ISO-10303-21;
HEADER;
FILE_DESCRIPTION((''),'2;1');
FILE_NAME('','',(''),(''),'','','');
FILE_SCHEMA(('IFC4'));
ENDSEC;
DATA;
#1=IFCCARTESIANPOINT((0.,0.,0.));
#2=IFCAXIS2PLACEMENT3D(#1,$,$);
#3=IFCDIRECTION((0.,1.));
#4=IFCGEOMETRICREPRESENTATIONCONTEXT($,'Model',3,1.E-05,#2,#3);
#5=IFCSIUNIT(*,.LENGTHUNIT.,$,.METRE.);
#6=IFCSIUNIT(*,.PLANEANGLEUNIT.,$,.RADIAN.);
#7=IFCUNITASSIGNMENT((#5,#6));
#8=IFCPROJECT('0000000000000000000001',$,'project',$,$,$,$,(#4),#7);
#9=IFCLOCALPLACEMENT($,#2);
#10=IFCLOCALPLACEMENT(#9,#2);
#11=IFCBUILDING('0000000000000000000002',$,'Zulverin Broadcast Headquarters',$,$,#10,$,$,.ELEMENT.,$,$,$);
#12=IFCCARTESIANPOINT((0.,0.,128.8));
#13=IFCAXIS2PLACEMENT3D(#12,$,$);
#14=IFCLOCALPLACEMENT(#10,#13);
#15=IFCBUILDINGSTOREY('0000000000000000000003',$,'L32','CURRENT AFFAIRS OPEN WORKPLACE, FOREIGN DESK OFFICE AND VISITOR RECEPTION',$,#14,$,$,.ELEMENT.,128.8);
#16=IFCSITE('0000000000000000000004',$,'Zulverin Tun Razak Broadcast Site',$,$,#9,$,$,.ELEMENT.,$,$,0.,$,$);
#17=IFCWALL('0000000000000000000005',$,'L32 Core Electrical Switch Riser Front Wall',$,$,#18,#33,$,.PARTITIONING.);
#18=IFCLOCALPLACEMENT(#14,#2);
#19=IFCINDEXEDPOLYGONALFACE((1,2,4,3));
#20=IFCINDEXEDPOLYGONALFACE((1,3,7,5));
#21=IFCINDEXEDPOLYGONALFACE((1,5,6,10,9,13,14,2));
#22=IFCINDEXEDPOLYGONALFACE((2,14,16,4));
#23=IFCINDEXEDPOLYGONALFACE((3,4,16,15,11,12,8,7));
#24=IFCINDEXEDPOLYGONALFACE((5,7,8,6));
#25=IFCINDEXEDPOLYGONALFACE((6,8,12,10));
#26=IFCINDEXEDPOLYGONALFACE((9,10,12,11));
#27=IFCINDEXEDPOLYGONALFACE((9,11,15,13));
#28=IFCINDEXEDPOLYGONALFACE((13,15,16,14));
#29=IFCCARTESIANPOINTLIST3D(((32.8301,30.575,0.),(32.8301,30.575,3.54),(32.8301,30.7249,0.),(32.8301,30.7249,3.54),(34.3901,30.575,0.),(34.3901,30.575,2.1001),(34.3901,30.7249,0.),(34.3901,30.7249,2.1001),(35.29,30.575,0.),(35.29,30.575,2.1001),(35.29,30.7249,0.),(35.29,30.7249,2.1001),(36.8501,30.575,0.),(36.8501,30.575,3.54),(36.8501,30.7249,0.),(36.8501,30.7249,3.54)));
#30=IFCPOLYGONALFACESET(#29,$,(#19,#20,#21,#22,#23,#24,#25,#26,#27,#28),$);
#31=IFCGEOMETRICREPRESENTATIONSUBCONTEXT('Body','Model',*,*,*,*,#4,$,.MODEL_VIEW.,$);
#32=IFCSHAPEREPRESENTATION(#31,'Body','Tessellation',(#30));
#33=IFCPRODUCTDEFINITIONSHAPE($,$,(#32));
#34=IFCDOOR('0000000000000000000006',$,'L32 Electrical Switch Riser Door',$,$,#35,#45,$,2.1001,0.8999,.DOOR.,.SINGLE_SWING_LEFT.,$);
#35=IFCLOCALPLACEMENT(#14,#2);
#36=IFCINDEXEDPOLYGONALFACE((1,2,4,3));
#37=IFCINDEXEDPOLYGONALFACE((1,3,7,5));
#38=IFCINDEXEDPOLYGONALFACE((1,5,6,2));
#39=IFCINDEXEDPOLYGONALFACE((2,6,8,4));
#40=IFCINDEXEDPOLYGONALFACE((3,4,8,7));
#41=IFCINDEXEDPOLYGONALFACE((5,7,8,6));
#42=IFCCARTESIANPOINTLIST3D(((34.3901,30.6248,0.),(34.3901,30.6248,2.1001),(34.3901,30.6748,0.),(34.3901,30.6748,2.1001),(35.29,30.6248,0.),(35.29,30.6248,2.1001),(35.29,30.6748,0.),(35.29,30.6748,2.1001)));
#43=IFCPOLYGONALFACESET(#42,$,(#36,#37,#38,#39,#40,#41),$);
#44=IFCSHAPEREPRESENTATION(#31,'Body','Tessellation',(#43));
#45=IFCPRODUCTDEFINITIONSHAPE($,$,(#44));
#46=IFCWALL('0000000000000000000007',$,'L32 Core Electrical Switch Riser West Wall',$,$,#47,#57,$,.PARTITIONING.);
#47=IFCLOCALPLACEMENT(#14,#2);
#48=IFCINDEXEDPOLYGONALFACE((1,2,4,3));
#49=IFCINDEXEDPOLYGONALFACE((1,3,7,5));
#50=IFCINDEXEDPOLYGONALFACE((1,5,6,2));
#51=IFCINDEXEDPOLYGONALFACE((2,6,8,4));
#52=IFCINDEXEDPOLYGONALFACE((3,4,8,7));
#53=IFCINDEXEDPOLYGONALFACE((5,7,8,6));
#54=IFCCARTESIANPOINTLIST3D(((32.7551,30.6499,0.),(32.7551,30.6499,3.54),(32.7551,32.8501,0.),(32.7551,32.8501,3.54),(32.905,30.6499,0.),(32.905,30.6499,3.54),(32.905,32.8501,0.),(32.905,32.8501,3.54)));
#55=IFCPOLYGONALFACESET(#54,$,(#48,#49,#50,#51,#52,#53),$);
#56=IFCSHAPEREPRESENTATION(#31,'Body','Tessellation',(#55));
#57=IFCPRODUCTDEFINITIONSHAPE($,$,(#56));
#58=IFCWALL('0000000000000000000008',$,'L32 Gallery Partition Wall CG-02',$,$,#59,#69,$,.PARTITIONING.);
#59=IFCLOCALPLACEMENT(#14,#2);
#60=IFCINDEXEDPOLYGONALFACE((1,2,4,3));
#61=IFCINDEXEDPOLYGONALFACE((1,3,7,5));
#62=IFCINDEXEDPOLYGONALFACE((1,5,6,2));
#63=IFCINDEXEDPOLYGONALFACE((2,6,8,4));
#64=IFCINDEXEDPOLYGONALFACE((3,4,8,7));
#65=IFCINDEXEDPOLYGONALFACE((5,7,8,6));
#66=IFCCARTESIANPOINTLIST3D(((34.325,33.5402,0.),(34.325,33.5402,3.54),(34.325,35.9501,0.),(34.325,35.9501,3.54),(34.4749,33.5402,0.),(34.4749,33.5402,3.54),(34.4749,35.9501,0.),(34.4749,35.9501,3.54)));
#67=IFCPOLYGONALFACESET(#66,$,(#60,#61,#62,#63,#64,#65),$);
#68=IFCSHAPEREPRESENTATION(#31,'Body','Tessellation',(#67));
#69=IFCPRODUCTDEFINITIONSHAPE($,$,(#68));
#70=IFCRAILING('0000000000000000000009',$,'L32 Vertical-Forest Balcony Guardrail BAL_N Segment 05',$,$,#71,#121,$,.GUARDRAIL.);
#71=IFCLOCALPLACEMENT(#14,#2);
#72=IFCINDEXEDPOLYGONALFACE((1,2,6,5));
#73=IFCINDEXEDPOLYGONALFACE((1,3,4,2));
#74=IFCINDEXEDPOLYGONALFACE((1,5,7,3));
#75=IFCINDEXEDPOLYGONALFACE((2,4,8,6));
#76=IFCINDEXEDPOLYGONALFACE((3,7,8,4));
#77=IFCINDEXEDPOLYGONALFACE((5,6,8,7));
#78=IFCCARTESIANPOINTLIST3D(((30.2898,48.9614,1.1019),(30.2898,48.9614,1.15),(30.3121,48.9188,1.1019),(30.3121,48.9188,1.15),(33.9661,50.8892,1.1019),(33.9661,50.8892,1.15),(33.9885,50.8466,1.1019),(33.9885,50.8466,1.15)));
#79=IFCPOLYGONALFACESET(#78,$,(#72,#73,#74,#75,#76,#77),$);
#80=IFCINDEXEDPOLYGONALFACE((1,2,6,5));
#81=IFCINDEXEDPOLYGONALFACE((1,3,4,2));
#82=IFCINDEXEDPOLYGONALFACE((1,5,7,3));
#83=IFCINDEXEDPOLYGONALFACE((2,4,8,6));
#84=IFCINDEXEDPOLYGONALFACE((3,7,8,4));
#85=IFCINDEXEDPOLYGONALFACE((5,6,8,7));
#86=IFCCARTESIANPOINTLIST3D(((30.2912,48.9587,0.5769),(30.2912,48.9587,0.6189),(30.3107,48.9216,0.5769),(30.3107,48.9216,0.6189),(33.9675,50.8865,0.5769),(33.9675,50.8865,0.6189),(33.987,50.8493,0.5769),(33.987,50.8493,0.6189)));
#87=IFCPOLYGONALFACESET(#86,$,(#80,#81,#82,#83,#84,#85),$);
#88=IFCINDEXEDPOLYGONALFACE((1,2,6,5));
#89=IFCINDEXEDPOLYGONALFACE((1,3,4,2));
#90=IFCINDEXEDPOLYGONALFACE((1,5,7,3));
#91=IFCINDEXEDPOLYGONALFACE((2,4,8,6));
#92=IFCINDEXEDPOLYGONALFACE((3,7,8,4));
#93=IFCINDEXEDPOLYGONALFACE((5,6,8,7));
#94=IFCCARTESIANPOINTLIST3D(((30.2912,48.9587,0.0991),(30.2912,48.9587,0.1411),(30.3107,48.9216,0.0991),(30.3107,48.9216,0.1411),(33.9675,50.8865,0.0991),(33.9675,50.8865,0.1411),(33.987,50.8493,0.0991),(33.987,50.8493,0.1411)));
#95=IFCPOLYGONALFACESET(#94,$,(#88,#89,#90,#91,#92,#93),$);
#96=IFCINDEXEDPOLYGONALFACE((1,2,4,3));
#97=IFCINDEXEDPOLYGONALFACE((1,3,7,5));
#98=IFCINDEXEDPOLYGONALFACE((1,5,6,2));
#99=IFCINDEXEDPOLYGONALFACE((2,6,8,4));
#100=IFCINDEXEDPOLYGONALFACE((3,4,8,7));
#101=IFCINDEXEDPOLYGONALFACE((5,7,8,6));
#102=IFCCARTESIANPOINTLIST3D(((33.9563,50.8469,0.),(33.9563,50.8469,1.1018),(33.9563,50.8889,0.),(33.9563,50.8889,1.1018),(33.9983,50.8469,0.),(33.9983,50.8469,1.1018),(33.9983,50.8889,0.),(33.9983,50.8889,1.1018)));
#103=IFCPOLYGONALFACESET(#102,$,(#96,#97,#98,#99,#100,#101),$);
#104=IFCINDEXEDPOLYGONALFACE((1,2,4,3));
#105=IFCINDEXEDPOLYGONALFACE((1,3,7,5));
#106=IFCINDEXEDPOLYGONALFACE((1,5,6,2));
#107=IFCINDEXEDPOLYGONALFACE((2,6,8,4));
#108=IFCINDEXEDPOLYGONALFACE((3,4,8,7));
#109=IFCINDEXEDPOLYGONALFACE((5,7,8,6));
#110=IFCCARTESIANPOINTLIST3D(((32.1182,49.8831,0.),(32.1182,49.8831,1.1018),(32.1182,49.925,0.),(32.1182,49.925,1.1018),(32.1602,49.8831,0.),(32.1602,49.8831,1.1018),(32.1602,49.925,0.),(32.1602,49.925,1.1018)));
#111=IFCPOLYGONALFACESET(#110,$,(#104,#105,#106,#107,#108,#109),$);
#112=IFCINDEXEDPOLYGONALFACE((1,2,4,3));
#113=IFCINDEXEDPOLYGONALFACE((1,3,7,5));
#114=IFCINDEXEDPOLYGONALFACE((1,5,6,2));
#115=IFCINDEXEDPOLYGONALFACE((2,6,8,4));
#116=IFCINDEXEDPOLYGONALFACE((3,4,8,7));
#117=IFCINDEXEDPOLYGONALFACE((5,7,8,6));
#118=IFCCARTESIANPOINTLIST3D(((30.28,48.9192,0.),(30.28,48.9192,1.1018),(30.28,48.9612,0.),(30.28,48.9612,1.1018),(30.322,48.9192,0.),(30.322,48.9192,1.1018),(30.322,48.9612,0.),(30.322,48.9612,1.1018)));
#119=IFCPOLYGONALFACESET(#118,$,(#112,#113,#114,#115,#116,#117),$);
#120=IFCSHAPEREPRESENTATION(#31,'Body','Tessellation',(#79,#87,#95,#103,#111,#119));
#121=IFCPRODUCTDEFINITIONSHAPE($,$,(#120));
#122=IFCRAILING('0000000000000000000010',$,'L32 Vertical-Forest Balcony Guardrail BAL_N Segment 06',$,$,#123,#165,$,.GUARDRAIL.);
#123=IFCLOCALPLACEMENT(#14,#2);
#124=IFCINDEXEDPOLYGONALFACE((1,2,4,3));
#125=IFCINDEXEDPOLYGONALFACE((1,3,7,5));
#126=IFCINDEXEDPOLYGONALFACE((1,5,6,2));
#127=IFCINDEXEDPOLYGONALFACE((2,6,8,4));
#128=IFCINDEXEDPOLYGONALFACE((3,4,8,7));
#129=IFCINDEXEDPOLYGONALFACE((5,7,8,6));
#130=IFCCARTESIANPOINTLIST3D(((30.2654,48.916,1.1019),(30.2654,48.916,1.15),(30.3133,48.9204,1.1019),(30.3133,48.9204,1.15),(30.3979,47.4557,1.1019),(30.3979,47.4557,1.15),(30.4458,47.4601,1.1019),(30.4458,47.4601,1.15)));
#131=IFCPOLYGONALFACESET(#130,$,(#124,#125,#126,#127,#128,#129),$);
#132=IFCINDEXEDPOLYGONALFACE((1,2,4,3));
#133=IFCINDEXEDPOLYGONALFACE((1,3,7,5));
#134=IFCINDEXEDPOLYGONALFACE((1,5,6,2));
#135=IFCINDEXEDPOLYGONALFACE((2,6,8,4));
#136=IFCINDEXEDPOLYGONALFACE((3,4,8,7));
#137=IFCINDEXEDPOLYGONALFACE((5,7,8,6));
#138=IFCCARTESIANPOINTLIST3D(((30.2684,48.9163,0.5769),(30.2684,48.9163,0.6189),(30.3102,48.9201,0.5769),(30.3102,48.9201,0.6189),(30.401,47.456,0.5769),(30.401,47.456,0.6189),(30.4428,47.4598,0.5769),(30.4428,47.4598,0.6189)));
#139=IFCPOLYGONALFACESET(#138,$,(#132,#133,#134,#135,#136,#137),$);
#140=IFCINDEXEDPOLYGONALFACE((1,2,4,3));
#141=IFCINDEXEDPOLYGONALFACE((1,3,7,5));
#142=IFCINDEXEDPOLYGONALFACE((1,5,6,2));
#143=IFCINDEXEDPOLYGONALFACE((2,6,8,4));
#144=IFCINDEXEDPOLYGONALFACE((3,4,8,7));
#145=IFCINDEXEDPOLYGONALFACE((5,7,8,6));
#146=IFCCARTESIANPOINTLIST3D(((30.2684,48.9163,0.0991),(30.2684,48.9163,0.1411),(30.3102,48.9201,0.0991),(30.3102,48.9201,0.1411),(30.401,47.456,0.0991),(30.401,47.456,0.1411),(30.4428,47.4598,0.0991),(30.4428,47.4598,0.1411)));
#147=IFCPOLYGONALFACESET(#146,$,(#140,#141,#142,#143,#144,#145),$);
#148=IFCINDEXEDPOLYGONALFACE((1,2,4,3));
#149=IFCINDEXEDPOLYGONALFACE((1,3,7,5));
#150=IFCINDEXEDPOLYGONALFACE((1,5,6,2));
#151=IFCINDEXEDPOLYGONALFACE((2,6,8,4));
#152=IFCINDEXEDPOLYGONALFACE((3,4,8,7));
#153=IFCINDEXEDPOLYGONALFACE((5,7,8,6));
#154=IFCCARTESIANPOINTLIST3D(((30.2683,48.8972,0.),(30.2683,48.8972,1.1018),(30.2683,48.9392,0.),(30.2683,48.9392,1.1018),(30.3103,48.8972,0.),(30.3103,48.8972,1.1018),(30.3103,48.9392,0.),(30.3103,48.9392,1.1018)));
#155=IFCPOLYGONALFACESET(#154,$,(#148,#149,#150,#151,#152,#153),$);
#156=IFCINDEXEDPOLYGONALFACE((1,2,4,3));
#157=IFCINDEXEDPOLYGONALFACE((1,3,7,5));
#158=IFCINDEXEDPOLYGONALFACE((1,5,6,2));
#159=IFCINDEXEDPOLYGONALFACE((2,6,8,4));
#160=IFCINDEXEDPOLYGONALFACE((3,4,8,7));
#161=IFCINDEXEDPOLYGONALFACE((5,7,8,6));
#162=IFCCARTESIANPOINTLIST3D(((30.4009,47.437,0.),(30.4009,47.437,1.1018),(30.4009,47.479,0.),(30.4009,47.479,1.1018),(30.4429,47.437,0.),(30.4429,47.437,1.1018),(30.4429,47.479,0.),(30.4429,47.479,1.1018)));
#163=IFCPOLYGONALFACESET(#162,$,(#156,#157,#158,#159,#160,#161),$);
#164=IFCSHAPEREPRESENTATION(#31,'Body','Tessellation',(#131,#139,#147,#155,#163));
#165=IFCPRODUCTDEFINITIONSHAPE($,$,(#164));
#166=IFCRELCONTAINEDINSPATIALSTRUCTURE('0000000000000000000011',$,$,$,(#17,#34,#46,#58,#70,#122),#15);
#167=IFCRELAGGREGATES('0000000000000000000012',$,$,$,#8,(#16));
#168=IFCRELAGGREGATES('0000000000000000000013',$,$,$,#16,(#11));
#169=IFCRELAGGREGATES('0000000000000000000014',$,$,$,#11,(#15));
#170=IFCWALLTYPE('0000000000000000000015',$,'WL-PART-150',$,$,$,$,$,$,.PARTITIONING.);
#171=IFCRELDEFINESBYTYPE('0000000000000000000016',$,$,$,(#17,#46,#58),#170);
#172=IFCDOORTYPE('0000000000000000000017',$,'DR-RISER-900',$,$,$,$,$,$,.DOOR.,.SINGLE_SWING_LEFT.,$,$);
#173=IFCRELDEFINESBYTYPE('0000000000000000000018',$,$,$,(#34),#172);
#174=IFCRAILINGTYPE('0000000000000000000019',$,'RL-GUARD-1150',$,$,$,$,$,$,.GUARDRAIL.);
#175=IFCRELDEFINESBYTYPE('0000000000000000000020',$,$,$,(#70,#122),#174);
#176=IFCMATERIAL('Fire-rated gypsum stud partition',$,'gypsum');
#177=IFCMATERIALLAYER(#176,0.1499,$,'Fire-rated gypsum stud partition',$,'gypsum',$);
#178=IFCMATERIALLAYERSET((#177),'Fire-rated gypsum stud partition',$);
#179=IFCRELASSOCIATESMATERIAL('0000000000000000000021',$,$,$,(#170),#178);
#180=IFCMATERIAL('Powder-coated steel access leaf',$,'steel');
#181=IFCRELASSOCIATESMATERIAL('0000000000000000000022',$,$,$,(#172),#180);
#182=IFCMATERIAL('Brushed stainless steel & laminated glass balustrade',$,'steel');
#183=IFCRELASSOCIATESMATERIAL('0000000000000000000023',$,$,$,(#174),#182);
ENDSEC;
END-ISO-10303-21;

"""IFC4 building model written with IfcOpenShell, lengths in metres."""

from ifc_helpers import new_model, si_unit, direction, frame, frame_2d, origin, origin_2d, place, context, subcontext, project, spatial, rectangle, extrude, material, layer, layer_set, type_object, element, fill, save


model = new_model("IFC4")

# Units and contexts
model_context = context("Model", 3, precision=1e-05, world=origin(), true_north=direction((0.0, 1.0)))
body_context = subcontext(model_context, "Body", "Model", "MODEL_VIEW")
ifc_project = project(units=[si_unit("LENGTHUNIT", "METRE"), si_unit("PLANEANGLEUNIT", "RADIAN")], contexts=[model_context])

# Site, building, storey
site_placement = place(None, origin())
site = spatial("IfcSite", under=ifc_project, at=site_placement, Name="Zulverin Tun Razak Broadcast Site", CompositionType="ELEMENT", RefElevation=0.0)
building_placement = place(site_placement, origin())
building = spatial("IfcBuilding", under=site, at=building_placement, Name="Zulverin Broadcast Headquarters", CompositionType="ELEMENT")
storey_placement = place(building_placement, frame((0.0, 0.0, 128.8)))
storey = spatial("IfcBuildingStorey", under=building, at=storey_placement, Name="L32", Description="CURRENT AFFAIRS OPEN WORKPLACE, FOREIGN DESK OFFICE AND VISITOR RECEPTION", CompositionType="ELEMENT", Elevation=128.8)

# Shared definitions
ifc_material_1 = material(Name="Fire-rated gypsum stud partition", Category="gypsum")
ifc_layer_1 = layer(ifc_material_1, 0.1499, Name="Fire-rated gypsum stud partition", Category="gypsum")
ifc_layer_set_1 = layer_set([ifc_layer_1], Name="Fire-rated gypsum stud partition")
wall_type_1 = type_object("IfcWallType", Name="WL-PART-150", PredefinedType="PARTITIONING", material=ifc_layer_set_1)

# Wall, opening, door
wall_1_placement = place(storey_placement, frame((32.8301, 30.6499, 0.0), z_axis=(0.0, 0.0, 1.0), x_axis=(1.0, 0.0, 0.0)))
wall_1 = element("IfcWall", 1, at=wall_1_placement, inside=storey, type_object=wall_type_1, Name="L32 Core Electrical Switch Riser Front Wall", PredefinedType="PARTITIONING", context=body_context, shape_type="SweptSolid", body=[
    extrude(rectangle(XDim=4.02, YDim=0.1499, at=frame_2d((2.01, 0.0))), origin(), (0.0, 0.0, 1.0), 3.54),
])
opening_1_placement = place(wall_1_placement, frame((1.5601, 0.0, 0.0)))
opening_1 = element("IfcOpeningElement", 2, at=opening_1_placement, cuts=wall_1, PredefinedType="OPENING", context=body_context, shape_type="SweptSolid", body=[
    extrude(rectangle(XDim=0.8999, YDim=2.1001, at=frame_2d((0.45, 1.05))), frame((0.0, 0.085, 0.0), z_axis=(0.0, -1.0, 0.0), x_axis=(1.0, 0.0, 0.0)), (0.0, 0.0, 1.0), 0.1699),
])
ifc_material_2 = material(Name="Powder-coated steel access leaf", Category="steel")
door_type_1 = type_object("IfcDoorType", Name="DR-RISER-900", OperationType="SINGLE_SWING_LEFT", PredefinedType="DOOR", material=ifc_material_2)
door_1_placement = place(opening_1_placement, origin())
door_1 = element("IfcDoor", 3, at=door_1_placement, inside=storey, type_object=door_type_1, Name="L32 Electrical Switch Riser Door", OperationType="SINGLE_SWING_LEFT", OverallHeight=2.1001, OverallWidth=0.8999, PredefinedType="DOOR", context=body_context, shape_type="SweptSolid", body=[
    extrude(rectangle(XDim=0.8999, YDim=2.1001, at=frame_2d((0.45, 1.05))), frame((0.0, 0.0249, 0.0), z_axis=(0.0, -1.0, 0.0), x_axis=(1.0, 0.0, 0.0)), (0.0, 0.0, 1.0), 0.05),
])
fill(opening_1, door_1)

# Walls
wall_2_placement = place(storey_placement, frame((32.8301, 30.6499, 0.0), z_axis=(0.0, 0.0, 1.0), x_axis=(0.0, 1.0, 0.0)))
element("IfcWall", 4, at=wall_2_placement, inside=storey, type_object=wall_type_1, Name="L32 Core Electrical Switch Riser West Wall", PredefinedType="PARTITIONING", context=body_context, shape_type="SweptSolid", body=[
    extrude(rectangle(XDim=2.2002, YDim=0.1499, at=frame_2d((1.1001, 0.0))), origin(), (0.0, 0.0, 1.0), 3.54),
])
wall_3_placement = place(storey_placement, frame((34.3999, 33.54, 0.0), z_axis=(0.0, 0.0, 1.0), x_axis=(0.0, 1.0, 0.0)))
element("IfcWall", 5, at=wall_3_placement, inside=storey, type_object=wall_type_1, Name="L32 Gallery Partition Wall CG-02", PredefinedType="PARTITIONING", context=body_context, shape_type="SweptSolid", body=[
    extrude(rectangle(XDim=2.4099, YDim=0.1499, at=frame_2d((1.2051, 0.0))), origin(), (0.0, 0.0, 1.0), 3.54),
])

# Railings
ifc_material_3 = material(Name="Brushed stainless steel & laminated glass balustrade", Category="steel")
railing_type = type_object("IfcRailingType", Name="RL-GUARD-1150", PredefinedType="GUARDRAIL", material=ifc_material_3)
railing_1_placement = place(storey_placement, frame((33.9773, 50.8679, 0.0)))
element("IfcRailing", 6, at=railing_1_placement, inside=storey, type_object=railing_type, Name="L32 Vertical-Forest Balcony Guardrail BAL_N Segment 05", PredefinedType="GUARDRAIL", context=body_context, shape_type="SweptSolid", body=[
    extrude(rectangle(XDim=0.0481, YDim=0.0481, at=origin_2d()), frame((0.0, 0.0, 1.126), z_axis=(-0.885627, -0.464398, 0.0), x_axis=(0.464398, -0.885627, 0.0)), (0.0, 0.0, 1.0), 4.1511),
    extrude(rectangle(XDim=0.042, YDim=0.042, at=origin_2d()), frame((0.0, 0.0, 0.5979), z_axis=(-0.885627, -0.464398, 0.0), x_axis=(0.464398, -0.885627, 0.0)), (0.0, 0.0, 1.0), 4.1511),
    extrude(rectangle(XDim=0.042, YDim=0.042, at=origin_2d()), frame((0.0, 0.0, 0.1201), z_axis=(-0.885627, -0.464398, 0.0), x_axis=(0.464398, -0.885627, 0.0)), (0.0, 0.0, 1.0), 4.1511),
    extrude(rectangle(XDim=0.042, YDim=0.042, at=origin_2d()), origin(), (0.0, 0.0, 1.0), 1.1018),
    extrude(rectangle(XDim=0.042, YDim=0.042, at=origin_2d()), frame((-1.8381, -0.9639, 0.0)), (0.0, 0.0, 1.0), 1.1018),
    extrude(rectangle(XDim=0.042, YDim=0.042, at=origin_2d()), frame((-3.6763, -1.9277, 0.0)), (0.0, 0.0, 1.0), 1.1018),
])
railing_2_placement = place(storey_placement, frame((30.2893, 48.9182, 0.0)))
element("IfcRailing", 7, at=railing_2_placement, inside=storey, type_object=railing_type, Name="L32 Vertical-Forest Balcony Guardrail BAL_N Segment 06", PredefinedType="GUARDRAIL", context=body_context, shape_type="SweptSolid", body=[
    extrude(rectangle(XDim=0.0481, YDim=0.0481, at=origin_2d()), frame((0.0, 0.0, 1.126), z_axis=(0.090416, -0.995904, 0.0), x_axis=(0.995904, 0.090416, 0.0)), (0.0, 0.0, 1.0), 1.4663),
    extrude(rectangle(XDim=0.042, YDim=0.042, at=origin_2d()), frame((0.0, 0.0, 0.5979), z_axis=(0.090416, -0.995904, 0.0), x_axis=(0.995904, 0.090416, 0.0)), (0.0, 0.0, 1.0), 1.4663),
    extrude(rectangle(XDim=0.042, YDim=0.042, at=origin_2d()), frame((0.0, 0.0, 0.1201), z_axis=(0.090416, -0.995904, 0.0), x_axis=(0.995904, 0.090416, 0.0)), (0.0, 0.0, 1.0), 1.4663),
    extrude(rectangle(XDim=0.042, YDim=0.042, at=origin_2d()), origin(), (0.0, 0.0, 1.0), 1.1018),
    extrude(rectangle(XDim=0.042, YDim=0.042, at=origin_2d()), frame((0.1326, -1.4602, 0.0)), (0.0, 0.0, 1.0), 1.1018),
])

save(model, "model.ifc")
